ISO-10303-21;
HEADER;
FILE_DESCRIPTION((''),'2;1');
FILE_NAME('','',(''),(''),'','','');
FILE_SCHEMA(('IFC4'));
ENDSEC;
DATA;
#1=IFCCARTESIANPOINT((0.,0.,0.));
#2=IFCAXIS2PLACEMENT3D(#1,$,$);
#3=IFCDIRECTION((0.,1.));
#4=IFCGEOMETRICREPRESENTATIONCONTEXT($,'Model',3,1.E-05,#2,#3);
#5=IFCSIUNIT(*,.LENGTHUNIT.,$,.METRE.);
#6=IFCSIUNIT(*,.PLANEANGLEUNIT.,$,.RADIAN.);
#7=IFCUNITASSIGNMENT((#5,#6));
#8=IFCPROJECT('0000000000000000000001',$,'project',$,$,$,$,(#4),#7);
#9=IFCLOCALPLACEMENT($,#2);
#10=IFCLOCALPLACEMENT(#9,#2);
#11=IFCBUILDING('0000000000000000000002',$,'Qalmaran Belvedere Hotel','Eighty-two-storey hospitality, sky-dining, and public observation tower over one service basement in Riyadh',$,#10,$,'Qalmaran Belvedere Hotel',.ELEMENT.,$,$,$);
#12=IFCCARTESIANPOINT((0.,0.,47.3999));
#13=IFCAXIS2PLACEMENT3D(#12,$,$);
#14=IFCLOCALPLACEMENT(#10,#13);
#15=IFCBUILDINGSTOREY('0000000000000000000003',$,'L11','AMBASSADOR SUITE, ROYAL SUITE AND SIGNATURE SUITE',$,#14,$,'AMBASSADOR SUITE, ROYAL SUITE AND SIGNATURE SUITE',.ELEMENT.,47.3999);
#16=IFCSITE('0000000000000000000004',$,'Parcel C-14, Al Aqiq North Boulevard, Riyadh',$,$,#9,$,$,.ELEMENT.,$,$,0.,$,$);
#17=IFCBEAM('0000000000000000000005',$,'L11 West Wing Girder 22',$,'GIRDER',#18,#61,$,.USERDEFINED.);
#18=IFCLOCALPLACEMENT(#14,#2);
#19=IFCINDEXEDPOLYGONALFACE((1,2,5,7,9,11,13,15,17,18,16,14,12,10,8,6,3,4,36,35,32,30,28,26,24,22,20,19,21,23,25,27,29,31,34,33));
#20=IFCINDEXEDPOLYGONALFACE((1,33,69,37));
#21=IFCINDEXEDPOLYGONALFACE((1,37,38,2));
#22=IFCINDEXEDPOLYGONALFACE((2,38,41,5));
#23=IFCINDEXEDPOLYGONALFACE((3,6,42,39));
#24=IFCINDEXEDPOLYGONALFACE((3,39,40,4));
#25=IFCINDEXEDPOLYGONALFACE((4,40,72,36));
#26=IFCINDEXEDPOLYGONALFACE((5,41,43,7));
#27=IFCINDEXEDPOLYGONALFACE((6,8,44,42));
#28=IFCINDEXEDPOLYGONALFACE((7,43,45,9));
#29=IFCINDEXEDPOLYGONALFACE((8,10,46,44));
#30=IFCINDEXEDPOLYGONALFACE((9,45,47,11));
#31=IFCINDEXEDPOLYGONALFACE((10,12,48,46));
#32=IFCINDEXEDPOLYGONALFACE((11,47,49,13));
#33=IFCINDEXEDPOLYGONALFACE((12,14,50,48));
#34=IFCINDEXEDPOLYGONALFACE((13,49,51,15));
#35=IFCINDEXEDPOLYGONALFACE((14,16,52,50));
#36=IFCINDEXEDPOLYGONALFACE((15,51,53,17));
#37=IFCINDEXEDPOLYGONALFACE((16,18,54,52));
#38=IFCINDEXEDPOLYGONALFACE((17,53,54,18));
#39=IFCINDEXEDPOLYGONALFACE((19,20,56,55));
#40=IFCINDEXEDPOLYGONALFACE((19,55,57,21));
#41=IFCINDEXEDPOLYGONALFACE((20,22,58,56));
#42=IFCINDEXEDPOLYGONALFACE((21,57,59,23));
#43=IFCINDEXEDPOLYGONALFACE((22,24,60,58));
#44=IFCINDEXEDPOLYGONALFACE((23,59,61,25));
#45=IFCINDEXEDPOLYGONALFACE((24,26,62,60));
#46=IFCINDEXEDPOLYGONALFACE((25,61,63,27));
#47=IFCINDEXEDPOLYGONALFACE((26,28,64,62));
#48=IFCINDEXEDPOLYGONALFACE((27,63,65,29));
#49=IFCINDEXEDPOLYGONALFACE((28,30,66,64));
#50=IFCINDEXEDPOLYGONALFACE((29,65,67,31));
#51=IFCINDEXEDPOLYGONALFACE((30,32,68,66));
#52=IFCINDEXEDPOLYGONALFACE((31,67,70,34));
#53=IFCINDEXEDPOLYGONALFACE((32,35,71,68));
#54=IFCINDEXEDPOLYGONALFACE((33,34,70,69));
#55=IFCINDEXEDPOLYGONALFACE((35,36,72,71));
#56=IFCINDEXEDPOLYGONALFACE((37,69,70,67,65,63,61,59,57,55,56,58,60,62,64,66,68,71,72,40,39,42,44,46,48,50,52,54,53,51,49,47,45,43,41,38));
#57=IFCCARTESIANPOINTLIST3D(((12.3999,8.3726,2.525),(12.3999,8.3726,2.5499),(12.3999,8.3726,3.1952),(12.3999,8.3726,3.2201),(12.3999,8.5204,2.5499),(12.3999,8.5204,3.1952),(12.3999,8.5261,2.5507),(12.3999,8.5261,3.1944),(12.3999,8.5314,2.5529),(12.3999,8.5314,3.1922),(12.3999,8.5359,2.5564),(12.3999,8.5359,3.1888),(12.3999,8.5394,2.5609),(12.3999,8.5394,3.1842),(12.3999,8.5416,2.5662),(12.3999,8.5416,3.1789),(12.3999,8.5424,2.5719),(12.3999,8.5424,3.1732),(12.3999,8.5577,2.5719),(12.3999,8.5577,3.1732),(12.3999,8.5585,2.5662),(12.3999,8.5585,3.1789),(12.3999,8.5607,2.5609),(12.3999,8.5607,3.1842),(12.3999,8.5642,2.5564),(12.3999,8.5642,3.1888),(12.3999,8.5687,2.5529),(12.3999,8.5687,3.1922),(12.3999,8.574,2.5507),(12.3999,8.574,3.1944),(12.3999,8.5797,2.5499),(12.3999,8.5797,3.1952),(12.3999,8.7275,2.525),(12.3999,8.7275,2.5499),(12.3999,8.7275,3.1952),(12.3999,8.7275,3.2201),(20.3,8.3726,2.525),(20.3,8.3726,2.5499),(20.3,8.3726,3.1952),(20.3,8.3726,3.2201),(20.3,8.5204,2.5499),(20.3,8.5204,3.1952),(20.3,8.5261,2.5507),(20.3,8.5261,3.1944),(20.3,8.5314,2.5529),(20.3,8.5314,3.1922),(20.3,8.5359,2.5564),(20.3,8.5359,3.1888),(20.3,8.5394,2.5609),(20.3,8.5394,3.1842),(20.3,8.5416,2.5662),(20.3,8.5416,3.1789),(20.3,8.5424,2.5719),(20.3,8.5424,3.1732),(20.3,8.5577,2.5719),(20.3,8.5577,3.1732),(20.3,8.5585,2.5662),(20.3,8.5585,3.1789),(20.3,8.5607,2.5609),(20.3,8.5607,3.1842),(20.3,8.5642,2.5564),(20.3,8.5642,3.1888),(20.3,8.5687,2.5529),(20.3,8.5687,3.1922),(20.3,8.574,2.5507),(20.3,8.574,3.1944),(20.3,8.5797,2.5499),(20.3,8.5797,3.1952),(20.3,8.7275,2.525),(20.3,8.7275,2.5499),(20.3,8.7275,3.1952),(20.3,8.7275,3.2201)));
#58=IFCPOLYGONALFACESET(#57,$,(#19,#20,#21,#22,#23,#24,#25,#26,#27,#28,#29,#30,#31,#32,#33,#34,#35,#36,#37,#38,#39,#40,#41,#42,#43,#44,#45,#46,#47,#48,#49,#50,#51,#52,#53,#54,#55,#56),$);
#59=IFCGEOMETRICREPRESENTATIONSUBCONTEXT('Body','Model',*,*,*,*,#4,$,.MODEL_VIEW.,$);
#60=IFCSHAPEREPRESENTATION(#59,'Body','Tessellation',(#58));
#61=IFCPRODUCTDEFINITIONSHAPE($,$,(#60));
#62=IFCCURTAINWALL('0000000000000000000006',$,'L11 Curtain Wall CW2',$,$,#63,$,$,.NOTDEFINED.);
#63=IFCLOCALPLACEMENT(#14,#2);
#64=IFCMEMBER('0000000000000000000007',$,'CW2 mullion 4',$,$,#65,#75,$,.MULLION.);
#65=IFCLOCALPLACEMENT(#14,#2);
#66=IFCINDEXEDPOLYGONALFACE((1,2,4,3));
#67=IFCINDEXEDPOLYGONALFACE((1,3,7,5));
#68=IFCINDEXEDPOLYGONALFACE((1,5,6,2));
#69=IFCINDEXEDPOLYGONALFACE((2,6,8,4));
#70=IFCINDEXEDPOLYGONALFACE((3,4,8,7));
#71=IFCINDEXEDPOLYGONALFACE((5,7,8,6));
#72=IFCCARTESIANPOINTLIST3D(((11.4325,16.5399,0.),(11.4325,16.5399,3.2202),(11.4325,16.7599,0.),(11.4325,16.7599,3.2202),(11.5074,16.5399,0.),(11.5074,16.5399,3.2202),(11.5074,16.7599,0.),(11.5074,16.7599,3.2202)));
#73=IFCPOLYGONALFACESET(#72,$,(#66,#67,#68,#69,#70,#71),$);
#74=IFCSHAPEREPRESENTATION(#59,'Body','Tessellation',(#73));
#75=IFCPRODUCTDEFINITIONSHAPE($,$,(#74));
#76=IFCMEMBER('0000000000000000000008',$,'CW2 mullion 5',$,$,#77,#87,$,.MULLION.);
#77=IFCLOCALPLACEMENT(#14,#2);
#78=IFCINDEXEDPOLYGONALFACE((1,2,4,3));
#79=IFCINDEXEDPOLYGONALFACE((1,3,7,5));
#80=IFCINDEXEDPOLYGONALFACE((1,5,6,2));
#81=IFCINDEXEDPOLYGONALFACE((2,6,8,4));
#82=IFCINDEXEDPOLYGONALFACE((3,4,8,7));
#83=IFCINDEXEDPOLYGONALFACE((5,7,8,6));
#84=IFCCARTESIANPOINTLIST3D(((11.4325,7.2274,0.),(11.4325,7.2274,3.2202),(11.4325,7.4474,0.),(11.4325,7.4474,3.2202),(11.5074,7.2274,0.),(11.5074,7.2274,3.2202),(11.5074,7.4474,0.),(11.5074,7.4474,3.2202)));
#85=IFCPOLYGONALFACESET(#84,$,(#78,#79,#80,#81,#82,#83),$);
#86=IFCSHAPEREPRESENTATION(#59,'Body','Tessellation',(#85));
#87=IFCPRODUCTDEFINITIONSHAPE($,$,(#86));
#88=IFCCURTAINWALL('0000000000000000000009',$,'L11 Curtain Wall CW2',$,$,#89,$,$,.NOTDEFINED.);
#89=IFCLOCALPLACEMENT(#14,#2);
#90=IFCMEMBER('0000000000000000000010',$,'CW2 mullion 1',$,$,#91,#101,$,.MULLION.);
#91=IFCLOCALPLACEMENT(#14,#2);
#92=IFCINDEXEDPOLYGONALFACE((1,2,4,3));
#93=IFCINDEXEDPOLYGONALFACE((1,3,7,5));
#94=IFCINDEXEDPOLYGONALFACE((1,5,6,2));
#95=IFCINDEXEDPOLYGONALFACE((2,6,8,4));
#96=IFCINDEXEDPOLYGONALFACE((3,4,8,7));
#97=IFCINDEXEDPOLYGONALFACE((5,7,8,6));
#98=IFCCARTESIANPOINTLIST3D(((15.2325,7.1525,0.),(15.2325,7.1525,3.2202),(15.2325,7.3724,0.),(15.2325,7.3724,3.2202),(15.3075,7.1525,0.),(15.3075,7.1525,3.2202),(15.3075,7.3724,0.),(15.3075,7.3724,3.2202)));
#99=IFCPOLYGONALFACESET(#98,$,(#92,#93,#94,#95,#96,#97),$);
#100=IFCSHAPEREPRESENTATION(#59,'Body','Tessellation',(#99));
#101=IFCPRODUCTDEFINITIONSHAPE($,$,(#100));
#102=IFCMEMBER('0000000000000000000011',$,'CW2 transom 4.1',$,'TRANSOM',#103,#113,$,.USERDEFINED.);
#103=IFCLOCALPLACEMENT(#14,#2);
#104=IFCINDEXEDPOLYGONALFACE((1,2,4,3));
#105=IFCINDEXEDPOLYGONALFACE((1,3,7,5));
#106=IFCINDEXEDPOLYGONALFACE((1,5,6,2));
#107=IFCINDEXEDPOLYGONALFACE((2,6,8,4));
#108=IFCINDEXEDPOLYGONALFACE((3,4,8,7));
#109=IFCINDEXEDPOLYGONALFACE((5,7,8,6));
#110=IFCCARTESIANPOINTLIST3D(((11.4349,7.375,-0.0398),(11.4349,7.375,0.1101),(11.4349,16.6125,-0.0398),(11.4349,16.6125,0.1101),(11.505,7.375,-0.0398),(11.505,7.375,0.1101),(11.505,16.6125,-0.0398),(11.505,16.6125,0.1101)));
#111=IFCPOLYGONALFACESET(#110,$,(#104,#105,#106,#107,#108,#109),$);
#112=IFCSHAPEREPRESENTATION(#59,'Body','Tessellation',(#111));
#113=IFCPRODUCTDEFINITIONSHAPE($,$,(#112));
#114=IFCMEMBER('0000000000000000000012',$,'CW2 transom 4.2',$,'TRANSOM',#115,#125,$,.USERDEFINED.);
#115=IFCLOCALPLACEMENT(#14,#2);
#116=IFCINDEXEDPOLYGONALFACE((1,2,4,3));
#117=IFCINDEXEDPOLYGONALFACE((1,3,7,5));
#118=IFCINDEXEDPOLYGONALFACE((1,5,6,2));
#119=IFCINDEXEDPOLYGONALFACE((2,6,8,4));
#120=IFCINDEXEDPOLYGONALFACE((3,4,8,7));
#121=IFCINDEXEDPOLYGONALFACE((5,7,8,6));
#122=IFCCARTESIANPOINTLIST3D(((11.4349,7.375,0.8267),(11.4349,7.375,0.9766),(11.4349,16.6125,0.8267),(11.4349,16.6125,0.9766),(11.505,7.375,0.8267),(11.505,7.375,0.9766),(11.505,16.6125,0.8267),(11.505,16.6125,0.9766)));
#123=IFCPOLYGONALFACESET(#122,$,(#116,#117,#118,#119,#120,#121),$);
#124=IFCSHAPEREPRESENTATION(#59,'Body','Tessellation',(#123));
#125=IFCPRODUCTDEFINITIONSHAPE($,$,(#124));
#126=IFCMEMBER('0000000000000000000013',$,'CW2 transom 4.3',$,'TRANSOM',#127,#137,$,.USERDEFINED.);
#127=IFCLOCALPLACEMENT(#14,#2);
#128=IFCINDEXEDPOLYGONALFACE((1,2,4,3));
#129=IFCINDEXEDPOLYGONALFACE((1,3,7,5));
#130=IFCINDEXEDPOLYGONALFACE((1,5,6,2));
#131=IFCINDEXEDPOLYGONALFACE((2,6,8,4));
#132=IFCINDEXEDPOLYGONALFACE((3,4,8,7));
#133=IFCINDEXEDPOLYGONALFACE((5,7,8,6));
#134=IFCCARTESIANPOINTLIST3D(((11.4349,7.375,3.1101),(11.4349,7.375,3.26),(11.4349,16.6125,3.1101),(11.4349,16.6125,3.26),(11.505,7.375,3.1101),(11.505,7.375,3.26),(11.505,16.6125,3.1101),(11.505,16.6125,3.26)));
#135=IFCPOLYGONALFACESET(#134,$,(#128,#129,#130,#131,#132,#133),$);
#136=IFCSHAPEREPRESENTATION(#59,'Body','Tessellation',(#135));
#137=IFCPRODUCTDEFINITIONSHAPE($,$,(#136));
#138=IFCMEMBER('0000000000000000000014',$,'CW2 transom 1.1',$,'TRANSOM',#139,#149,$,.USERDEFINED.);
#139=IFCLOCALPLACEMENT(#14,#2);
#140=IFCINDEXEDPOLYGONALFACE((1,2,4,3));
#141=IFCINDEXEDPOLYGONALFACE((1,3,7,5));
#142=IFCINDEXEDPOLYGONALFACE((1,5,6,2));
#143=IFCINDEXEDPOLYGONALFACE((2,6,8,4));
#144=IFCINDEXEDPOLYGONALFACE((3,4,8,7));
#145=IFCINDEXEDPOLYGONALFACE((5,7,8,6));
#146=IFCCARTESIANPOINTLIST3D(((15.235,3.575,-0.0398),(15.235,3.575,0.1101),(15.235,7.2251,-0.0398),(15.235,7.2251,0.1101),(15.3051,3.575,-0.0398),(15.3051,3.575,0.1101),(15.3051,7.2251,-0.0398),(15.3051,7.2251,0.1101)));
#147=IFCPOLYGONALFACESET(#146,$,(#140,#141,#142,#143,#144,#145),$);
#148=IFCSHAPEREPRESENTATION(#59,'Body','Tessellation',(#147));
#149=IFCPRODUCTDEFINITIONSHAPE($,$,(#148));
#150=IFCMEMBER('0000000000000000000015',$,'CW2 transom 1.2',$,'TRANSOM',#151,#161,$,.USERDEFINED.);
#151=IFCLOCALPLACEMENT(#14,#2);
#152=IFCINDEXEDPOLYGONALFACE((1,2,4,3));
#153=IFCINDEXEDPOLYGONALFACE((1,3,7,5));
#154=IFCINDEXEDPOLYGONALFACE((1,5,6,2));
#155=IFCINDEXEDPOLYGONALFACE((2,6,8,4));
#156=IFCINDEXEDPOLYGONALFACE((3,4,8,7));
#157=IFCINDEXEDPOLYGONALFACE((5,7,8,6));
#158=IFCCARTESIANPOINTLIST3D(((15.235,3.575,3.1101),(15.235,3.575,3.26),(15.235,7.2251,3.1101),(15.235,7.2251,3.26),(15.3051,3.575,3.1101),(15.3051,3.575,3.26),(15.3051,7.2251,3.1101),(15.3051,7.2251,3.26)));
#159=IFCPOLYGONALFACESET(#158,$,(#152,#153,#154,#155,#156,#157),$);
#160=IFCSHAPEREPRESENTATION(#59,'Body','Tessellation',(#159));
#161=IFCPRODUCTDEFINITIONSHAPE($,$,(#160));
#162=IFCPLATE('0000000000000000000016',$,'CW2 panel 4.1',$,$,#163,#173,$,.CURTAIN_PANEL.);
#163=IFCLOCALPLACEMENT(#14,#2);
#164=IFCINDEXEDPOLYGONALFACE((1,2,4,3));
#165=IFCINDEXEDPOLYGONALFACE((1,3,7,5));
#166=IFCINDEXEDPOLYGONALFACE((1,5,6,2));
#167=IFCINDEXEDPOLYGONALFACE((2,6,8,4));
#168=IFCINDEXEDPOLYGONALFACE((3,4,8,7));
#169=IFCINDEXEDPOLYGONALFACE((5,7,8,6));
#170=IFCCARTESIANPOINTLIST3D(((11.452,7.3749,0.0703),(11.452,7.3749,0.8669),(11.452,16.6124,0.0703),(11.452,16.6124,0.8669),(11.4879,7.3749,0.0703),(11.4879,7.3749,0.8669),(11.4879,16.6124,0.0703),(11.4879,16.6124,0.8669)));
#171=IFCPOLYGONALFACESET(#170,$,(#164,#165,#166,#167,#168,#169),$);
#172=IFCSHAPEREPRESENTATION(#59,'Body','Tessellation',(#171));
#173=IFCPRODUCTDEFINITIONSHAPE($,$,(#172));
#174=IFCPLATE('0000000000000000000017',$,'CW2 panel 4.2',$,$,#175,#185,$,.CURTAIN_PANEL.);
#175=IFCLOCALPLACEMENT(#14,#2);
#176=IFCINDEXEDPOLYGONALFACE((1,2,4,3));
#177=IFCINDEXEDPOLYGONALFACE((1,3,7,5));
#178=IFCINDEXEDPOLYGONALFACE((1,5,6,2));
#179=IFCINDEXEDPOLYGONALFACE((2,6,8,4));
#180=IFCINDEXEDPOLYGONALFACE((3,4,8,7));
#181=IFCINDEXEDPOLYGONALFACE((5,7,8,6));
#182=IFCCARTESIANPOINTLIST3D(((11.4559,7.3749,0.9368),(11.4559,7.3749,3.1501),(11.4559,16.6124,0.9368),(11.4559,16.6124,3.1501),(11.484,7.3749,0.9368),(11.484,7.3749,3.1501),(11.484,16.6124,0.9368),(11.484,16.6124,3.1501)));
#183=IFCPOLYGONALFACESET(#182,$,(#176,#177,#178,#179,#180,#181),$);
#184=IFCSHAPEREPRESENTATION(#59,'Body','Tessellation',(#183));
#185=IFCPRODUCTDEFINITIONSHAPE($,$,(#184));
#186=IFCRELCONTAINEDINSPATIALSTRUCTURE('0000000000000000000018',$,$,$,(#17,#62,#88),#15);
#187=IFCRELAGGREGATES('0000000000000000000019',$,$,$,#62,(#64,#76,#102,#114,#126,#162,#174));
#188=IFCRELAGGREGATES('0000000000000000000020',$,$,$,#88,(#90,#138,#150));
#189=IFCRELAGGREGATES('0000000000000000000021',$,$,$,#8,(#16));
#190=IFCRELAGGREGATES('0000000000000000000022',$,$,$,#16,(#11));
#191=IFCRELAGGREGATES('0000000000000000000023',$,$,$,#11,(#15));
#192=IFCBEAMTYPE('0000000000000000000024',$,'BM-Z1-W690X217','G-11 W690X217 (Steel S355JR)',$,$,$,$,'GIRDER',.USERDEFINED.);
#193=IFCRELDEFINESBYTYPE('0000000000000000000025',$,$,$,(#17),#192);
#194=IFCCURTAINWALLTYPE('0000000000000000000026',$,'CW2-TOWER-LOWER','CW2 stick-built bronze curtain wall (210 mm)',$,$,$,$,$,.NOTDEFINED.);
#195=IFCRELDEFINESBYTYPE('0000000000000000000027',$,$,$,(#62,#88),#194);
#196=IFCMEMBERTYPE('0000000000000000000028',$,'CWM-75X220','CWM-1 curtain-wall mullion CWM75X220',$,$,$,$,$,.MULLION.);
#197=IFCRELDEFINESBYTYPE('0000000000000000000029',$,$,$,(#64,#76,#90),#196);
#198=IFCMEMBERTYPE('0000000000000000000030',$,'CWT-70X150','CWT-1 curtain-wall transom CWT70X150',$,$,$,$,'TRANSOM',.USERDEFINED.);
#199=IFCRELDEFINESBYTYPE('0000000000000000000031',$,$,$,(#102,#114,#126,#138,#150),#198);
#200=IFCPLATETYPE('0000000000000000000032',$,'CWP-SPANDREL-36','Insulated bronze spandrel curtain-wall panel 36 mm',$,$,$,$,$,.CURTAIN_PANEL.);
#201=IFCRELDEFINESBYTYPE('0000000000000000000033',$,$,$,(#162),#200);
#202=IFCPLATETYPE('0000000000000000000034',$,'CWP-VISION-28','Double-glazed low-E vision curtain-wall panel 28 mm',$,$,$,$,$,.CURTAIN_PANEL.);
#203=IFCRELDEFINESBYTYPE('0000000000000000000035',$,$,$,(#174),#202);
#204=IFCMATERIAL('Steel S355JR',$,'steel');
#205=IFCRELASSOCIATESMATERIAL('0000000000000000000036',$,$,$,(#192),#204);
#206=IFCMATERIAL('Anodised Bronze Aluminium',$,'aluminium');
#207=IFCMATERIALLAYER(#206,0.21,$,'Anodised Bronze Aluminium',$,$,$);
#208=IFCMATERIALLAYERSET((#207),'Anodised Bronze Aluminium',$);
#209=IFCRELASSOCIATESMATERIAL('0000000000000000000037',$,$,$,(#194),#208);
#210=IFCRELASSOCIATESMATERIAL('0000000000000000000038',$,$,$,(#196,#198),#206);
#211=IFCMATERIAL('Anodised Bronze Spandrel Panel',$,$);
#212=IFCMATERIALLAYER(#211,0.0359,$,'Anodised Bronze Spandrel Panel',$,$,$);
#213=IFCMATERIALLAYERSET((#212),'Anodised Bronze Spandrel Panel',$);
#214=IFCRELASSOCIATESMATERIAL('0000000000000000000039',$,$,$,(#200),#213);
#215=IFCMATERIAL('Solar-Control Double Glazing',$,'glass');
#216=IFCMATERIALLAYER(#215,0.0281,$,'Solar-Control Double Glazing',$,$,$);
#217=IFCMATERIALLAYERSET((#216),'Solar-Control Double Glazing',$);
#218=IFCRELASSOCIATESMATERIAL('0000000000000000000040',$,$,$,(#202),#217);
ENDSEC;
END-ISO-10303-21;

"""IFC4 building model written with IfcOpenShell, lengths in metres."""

from ifc_helpers import new_model, si_unit, direction, frame, origin, origin_2d, place, context, subcontext, project, spatial, rectangle, i_section, extrude, material, layer, layer_set, material_profile, profile_set, type_object, element, aggregate, save


model = new_model("IFC4")

# Units and contexts
model_context = context("Model", 3, precision=1e-05, world=origin(), true_north=direction((0.0, 1.0)))
body_context = subcontext(model_context, "Body", "Model", "MODEL_VIEW")
ifc_project = project(units=[si_unit("LENGTHUNIT", "METRE"), si_unit("PLANEANGLEUNIT", "RADIAN")], contexts=[model_context])

# Site, building, storey
site_placement = place(None, origin())
site = spatial("IfcSite", under=ifc_project, at=site_placement, Name="Parcel C-14, Al Aqiq North Boulevard, Riyadh", CompositionType="ELEMENT", RefElevation=0.0)
building_placement = place(site_placement, origin())
building = spatial("IfcBuilding", under=site, at=building_placement, Name="Qalmaran Belvedere Hotel", Description="Eighty-two-storey hospitality, sky-dining, and public observation tower over one service basement in Riyadh", LongName="Qalmaran Belvedere Hotel", CompositionType="ELEMENT")
storey_placement = place(building_placement, frame((0.0, 0.0, 47.3999)))
storey = spatial("IfcBuildingStorey", under=building, at=storey_placement, Name="L11", Description="AMBASSADOR SUITE, ROYAL SUITE AND SIGNATURE SUITE", LongName="AMBASSADOR SUITE, ROYAL SUITE AND SIGNATURE SUITE", CompositionType="ELEMENT", Elevation=47.3999)

# Beam
ifc_material_1 = material(Name="Steel S355JR", Category="steel")
ifc_material_profile_1 = material_profile(ifc_material_1, i_section(OverallWidth=0.355, OverallDepth=0.6951, WebThickness=0.0154, FlangeThickness=0.0249, FilletRadius=0.022, at=origin_2d()), Name="W690X217")
ifc_profile_set_1 = profile_set([ifc_material_profile_1], Name="Steel S355JR")
beam_type_1 = type_object("IfcBeamType", Name="BM-Z1-W690X217", Description="G-11 W690X217 (Steel S355JR)", ElementType="GIRDER", PredefinedType="USERDEFINED", material=ifc_profile_set_1)
beam_1_placement = place(storey_placement, frame((12.3999, 8.55, 2.8726), z_axis=(1.0, 0.0, 0.0), x_axis=(0.0, 1.0, 0.0)))
element("IfcBeam", 1, at=beam_1_placement, inside=storey, type_object=beam_type_1, Name="L11 West Wing Girder 22", ObjectType="GIRDER", PredefinedType="USERDEFINED", context=body_context, shape_type="SweptSolid", body=[
    extrude(i_section(OverallWidth=0.355, OverallDepth=0.6951, WebThickness=0.0154, FlangeThickness=0.0249, FilletRadius=0.022, at=origin_2d()), origin(), (0.0, 0.0, 1.0), 7.9001),
])

# Curtain wall, members
ifc_material_2 = material(Name="Anodised Bronze Aluminium", Category="aluminium")
ifc_layer_1 = layer(ifc_material_2, 0.21, Name="Anodised Bronze Aluminium")
ifc_layer_set_1 = layer_set([ifc_layer_1], Name="Anodised Bronze Aluminium")
curtain_wall_type = type_object("IfcCurtainWallType", Name="CW2-TOWER-LOWER", Description="CW2 stick-built bronze curtain wall (210 mm)", PredefinedType="NOTDEFINED", material=ifc_layer_set_1)
curtain_wall_1_placement = place(storey_placement, origin())
curtain_wall_1 = element("IfcCurtainWall", 2, at=curtain_wall_1_placement, inside=storey, type_object=curtain_wall_type, Name="L11 Curtain Wall CW2", PredefinedType="NOTDEFINED")
ifc_material_profile_2 = material_profile(ifc_material_2, rectangle(XDim=0.075, YDim=0.22, at=origin_2d()), Name="CWM75X220")
ifc_profile_set_2 = profile_set([ifc_material_profile_2], Name="Anodised Bronze Aluminium")
member_type_1 = type_object("IfcMemberType", Name="CWM-75X220", Description="CWM-1 curtain-wall mullion CWM75X220", PredefinedType="MULLION", material=ifc_profile_set_2)
member_1_placement = place(storey_placement, frame((11.47, 16.6499, 0.0), z_axis=(0.0, 0.0, 1.0), x_axis=(1.0, 0.0, 0.0)))
member_1 = element("IfcMember", 3, at=member_1_placement, type_object=member_type_1, Name="CW2 mullion 4", PredefinedType="MULLION", context=body_context, shape_type="SweptSolid", body=[
    extrude(rectangle(XDim=0.075, YDim=0.22, at=origin_2d()), origin(), (0.0, 0.0, 1.0), 3.2202),
])
member_2_placement = place(storey_placement, frame((11.47, 7.3374, 0.0), z_axis=(0.0, 0.0, 1.0), x_axis=(1.0, 0.0, 0.0)))
member_2 = element("IfcMember", 4, at=member_2_placement, type_object=member_type_1, Name="CW2 mullion 5", PredefinedType="MULLION", context=body_context, shape_type="SweptSolid", body=[
    extrude(rectangle(XDim=0.075, YDim=0.22, at=origin_2d()), origin(), (0.0, 0.0, 1.0), 3.2202),
])

# Curtain wall, member
curtain_wall_2_placement = place(storey_placement, origin())
curtain_wall_2 = element("IfcCurtainWall", 5, at=curtain_wall_2_placement, inside=storey, type_object=curtain_wall_type, Name="L11 Curtain Wall CW2", PredefinedType="NOTDEFINED")
member_3_placement = place(storey_placement, frame((15.27, 7.2625, 0.0), z_axis=(0.0, 0.0, 1.0), x_axis=(1.0, 0.0, 0.0)))
member_3 = element("IfcMember", 6, at=member_3_placement, type_object=member_type_1, Name="CW2 mullion 1", PredefinedType="MULLION", context=body_context, shape_type="SweptSolid", body=[
    extrude(rectangle(XDim=0.075, YDim=0.22, at=origin_2d()), origin(), (0.0, 0.0, 1.0), 3.2202),
])

# Members
ifc_material_profile_3 = material_profile(ifc_material_2, rectangle(XDim=0.0701, YDim=0.1499, at=origin_2d()), Name="CWT70X150")
ifc_profile_set_3 = profile_set([ifc_material_profile_3], Name="Anodised Bronze Aluminium")
member_type_2 = type_object("IfcMemberType", Name="CWT-70X150", Description="CWT-1 curtain-wall transom CWT70X150", ElementType="TRANSOM", PredefinedType="USERDEFINED", material=ifc_profile_set_3)
member_4_placement = place(storey_placement, frame((11.47, 16.6125, 0.0352), z_axis=(0.0, -1.0, 0.0), x_axis=(1.0, 0.0, 0.0)))
member_4 = element("IfcMember", 7, at=member_4_placement, type_object=member_type_2, Name="CW2 transom 4.1", ObjectType="TRANSOM", PredefinedType="USERDEFINED", context=body_context, shape_type="SweptSolid", body=[
    extrude(rectangle(XDim=0.0701, YDim=0.1499, at=origin_2d()), origin(), (0.0, 0.0, 1.0), 9.2375),
])
member_5_placement = place(storey_placement, frame((11.47, 16.6125, 0.9016), z_axis=(0.0, -1.0, 0.0), x_axis=(1.0, 0.0, 0.0)))
member_5 = element("IfcMember", 8, at=member_5_placement, type_object=member_type_2, Name="CW2 transom 4.2", ObjectType="TRANSOM", PredefinedType="USERDEFINED", context=body_context, shape_type="SweptSolid", body=[
    extrude(rectangle(XDim=0.0701, YDim=0.1499, at=origin_2d()), origin(), (0.0, 0.0, 1.0), 9.2375),
])
member_6_placement = place(storey_placement, frame((11.47, 16.6125, 3.1851), z_axis=(0.0, -1.0, 0.0), x_axis=(1.0, 0.0, 0.0)))
member_6 = element("IfcMember", 9, at=member_6_placement, type_object=member_type_2, Name="CW2 transom 4.3", ObjectType="TRANSOM", PredefinedType="USERDEFINED", context=body_context, shape_type="SweptSolid", body=[
    extrude(rectangle(XDim=0.0701, YDim=0.1499, at=origin_2d()), origin(), (0.0, 0.0, 1.0), 9.2375),
])
member_7_placement = place(storey_placement, frame((15.27, 7.2251, 0.0352), z_axis=(0.0, -1.0, 0.0), x_axis=(1.0, 0.0, 0.0)))
member_7 = element("IfcMember", 10, at=member_7_placement, type_object=member_type_2, Name="CW2 transom 1.1", ObjectType="TRANSOM", PredefinedType="USERDEFINED", context=body_context, shape_type="SweptSolid", body=[
    extrude(rectangle(XDim=0.0701, YDim=0.1499, at=origin_2d()), origin(), (0.0, 0.0, 1.0), 3.6501),
])
member_8_placement = place(storey_placement, frame((15.27, 7.2251, 3.1851), z_axis=(0.0, -1.0, 0.0), x_axis=(1.0, 0.0, 0.0)))
member_8 = element("IfcMember", 11, at=member_8_placement, type_object=member_type_2, Name="CW2 transom 1.2", ObjectType="TRANSOM", PredefinedType="USERDEFINED", context=body_context, shape_type="SweptSolid", body=[
    extrude(rectangle(XDim=0.0701, YDim=0.1499, at=origin_2d()), origin(), (0.0, 0.0, 1.0), 3.6501),
])

# Plates
ifc_material_3 = material(Name="Anodised Bronze Spandrel Panel")
ifc_layer_2 = layer(ifc_material_3, 0.0359, Name="Anodised Bronze Spandrel Panel")
ifc_layer_set_2 = layer_set([ifc_layer_2], Name="Anodised Bronze Spandrel Panel")
plate_type_1 = type_object("IfcPlateType", Name="CWP-SPANDREL-36", Description="Insulated bronze spandrel curtain-wall panel 36 mm", PredefinedType="CURTAIN_PANEL", material=ifc_layer_set_2)
plate_1_placement = place(storey_placement, frame((11.47, 11.9937, 0.0703), z_axis=(0.0, 0.0, 1.0), x_axis=(0.0, -1.0, 0.0)))
plate_1 = element("IfcPlate", 12, at=plate_1_placement, type_object=plate_type_1, Name="CW2 panel 4.1", PredefinedType="CURTAIN_PANEL", context=body_context, shape_type="SweptSolid", body=[
    extrude(rectangle(XDim=9.2375, YDim=0.0359, at=origin_2d()), origin(), (0.0, 0.0, 1.0), 0.7966),
])
ifc_material_4 = material(Name="Solar-Control Double Glazing", Category="glass")
ifc_layer_3 = layer(ifc_material_4, 0.0281, Name="Solar-Control Double Glazing")
ifc_layer_set_3 = layer_set([ifc_layer_3], Name="Solar-Control Double Glazing")
plate_type_2 = type_object("IfcPlateType", Name="CWP-VISION-28", Description="Double-glazed low-E vision curtain-wall panel 28 mm", PredefinedType="CURTAIN_PANEL", material=ifc_layer_set_3)
plate_2_placement = place(storey_placement, frame((11.47, 11.9937, 0.9368), z_axis=(0.0, 0.0, 1.0), x_axis=(0.0, -1.0, 0.0)))
plate_2 = element("IfcPlate", 13, at=plate_2_placement, type_object=plate_type_2, Name="CW2 panel 4.2", PredefinedType="CURTAIN_PANEL", context=body_context, shape_type="SweptSolid", body=[
    extrude(rectangle(XDim=9.2375, YDim=0.0281, at=origin_2d()), origin(), (0.0, 0.0, 1.0), 2.2134),
])
aggregate(curtain_wall_1, [member_1, member_2, member_4, member_5, member_6, plate_1, plate_2])
aggregate(curtain_wall_2, [member_3, member_7, member_8])

save(model, "model.ifc")
